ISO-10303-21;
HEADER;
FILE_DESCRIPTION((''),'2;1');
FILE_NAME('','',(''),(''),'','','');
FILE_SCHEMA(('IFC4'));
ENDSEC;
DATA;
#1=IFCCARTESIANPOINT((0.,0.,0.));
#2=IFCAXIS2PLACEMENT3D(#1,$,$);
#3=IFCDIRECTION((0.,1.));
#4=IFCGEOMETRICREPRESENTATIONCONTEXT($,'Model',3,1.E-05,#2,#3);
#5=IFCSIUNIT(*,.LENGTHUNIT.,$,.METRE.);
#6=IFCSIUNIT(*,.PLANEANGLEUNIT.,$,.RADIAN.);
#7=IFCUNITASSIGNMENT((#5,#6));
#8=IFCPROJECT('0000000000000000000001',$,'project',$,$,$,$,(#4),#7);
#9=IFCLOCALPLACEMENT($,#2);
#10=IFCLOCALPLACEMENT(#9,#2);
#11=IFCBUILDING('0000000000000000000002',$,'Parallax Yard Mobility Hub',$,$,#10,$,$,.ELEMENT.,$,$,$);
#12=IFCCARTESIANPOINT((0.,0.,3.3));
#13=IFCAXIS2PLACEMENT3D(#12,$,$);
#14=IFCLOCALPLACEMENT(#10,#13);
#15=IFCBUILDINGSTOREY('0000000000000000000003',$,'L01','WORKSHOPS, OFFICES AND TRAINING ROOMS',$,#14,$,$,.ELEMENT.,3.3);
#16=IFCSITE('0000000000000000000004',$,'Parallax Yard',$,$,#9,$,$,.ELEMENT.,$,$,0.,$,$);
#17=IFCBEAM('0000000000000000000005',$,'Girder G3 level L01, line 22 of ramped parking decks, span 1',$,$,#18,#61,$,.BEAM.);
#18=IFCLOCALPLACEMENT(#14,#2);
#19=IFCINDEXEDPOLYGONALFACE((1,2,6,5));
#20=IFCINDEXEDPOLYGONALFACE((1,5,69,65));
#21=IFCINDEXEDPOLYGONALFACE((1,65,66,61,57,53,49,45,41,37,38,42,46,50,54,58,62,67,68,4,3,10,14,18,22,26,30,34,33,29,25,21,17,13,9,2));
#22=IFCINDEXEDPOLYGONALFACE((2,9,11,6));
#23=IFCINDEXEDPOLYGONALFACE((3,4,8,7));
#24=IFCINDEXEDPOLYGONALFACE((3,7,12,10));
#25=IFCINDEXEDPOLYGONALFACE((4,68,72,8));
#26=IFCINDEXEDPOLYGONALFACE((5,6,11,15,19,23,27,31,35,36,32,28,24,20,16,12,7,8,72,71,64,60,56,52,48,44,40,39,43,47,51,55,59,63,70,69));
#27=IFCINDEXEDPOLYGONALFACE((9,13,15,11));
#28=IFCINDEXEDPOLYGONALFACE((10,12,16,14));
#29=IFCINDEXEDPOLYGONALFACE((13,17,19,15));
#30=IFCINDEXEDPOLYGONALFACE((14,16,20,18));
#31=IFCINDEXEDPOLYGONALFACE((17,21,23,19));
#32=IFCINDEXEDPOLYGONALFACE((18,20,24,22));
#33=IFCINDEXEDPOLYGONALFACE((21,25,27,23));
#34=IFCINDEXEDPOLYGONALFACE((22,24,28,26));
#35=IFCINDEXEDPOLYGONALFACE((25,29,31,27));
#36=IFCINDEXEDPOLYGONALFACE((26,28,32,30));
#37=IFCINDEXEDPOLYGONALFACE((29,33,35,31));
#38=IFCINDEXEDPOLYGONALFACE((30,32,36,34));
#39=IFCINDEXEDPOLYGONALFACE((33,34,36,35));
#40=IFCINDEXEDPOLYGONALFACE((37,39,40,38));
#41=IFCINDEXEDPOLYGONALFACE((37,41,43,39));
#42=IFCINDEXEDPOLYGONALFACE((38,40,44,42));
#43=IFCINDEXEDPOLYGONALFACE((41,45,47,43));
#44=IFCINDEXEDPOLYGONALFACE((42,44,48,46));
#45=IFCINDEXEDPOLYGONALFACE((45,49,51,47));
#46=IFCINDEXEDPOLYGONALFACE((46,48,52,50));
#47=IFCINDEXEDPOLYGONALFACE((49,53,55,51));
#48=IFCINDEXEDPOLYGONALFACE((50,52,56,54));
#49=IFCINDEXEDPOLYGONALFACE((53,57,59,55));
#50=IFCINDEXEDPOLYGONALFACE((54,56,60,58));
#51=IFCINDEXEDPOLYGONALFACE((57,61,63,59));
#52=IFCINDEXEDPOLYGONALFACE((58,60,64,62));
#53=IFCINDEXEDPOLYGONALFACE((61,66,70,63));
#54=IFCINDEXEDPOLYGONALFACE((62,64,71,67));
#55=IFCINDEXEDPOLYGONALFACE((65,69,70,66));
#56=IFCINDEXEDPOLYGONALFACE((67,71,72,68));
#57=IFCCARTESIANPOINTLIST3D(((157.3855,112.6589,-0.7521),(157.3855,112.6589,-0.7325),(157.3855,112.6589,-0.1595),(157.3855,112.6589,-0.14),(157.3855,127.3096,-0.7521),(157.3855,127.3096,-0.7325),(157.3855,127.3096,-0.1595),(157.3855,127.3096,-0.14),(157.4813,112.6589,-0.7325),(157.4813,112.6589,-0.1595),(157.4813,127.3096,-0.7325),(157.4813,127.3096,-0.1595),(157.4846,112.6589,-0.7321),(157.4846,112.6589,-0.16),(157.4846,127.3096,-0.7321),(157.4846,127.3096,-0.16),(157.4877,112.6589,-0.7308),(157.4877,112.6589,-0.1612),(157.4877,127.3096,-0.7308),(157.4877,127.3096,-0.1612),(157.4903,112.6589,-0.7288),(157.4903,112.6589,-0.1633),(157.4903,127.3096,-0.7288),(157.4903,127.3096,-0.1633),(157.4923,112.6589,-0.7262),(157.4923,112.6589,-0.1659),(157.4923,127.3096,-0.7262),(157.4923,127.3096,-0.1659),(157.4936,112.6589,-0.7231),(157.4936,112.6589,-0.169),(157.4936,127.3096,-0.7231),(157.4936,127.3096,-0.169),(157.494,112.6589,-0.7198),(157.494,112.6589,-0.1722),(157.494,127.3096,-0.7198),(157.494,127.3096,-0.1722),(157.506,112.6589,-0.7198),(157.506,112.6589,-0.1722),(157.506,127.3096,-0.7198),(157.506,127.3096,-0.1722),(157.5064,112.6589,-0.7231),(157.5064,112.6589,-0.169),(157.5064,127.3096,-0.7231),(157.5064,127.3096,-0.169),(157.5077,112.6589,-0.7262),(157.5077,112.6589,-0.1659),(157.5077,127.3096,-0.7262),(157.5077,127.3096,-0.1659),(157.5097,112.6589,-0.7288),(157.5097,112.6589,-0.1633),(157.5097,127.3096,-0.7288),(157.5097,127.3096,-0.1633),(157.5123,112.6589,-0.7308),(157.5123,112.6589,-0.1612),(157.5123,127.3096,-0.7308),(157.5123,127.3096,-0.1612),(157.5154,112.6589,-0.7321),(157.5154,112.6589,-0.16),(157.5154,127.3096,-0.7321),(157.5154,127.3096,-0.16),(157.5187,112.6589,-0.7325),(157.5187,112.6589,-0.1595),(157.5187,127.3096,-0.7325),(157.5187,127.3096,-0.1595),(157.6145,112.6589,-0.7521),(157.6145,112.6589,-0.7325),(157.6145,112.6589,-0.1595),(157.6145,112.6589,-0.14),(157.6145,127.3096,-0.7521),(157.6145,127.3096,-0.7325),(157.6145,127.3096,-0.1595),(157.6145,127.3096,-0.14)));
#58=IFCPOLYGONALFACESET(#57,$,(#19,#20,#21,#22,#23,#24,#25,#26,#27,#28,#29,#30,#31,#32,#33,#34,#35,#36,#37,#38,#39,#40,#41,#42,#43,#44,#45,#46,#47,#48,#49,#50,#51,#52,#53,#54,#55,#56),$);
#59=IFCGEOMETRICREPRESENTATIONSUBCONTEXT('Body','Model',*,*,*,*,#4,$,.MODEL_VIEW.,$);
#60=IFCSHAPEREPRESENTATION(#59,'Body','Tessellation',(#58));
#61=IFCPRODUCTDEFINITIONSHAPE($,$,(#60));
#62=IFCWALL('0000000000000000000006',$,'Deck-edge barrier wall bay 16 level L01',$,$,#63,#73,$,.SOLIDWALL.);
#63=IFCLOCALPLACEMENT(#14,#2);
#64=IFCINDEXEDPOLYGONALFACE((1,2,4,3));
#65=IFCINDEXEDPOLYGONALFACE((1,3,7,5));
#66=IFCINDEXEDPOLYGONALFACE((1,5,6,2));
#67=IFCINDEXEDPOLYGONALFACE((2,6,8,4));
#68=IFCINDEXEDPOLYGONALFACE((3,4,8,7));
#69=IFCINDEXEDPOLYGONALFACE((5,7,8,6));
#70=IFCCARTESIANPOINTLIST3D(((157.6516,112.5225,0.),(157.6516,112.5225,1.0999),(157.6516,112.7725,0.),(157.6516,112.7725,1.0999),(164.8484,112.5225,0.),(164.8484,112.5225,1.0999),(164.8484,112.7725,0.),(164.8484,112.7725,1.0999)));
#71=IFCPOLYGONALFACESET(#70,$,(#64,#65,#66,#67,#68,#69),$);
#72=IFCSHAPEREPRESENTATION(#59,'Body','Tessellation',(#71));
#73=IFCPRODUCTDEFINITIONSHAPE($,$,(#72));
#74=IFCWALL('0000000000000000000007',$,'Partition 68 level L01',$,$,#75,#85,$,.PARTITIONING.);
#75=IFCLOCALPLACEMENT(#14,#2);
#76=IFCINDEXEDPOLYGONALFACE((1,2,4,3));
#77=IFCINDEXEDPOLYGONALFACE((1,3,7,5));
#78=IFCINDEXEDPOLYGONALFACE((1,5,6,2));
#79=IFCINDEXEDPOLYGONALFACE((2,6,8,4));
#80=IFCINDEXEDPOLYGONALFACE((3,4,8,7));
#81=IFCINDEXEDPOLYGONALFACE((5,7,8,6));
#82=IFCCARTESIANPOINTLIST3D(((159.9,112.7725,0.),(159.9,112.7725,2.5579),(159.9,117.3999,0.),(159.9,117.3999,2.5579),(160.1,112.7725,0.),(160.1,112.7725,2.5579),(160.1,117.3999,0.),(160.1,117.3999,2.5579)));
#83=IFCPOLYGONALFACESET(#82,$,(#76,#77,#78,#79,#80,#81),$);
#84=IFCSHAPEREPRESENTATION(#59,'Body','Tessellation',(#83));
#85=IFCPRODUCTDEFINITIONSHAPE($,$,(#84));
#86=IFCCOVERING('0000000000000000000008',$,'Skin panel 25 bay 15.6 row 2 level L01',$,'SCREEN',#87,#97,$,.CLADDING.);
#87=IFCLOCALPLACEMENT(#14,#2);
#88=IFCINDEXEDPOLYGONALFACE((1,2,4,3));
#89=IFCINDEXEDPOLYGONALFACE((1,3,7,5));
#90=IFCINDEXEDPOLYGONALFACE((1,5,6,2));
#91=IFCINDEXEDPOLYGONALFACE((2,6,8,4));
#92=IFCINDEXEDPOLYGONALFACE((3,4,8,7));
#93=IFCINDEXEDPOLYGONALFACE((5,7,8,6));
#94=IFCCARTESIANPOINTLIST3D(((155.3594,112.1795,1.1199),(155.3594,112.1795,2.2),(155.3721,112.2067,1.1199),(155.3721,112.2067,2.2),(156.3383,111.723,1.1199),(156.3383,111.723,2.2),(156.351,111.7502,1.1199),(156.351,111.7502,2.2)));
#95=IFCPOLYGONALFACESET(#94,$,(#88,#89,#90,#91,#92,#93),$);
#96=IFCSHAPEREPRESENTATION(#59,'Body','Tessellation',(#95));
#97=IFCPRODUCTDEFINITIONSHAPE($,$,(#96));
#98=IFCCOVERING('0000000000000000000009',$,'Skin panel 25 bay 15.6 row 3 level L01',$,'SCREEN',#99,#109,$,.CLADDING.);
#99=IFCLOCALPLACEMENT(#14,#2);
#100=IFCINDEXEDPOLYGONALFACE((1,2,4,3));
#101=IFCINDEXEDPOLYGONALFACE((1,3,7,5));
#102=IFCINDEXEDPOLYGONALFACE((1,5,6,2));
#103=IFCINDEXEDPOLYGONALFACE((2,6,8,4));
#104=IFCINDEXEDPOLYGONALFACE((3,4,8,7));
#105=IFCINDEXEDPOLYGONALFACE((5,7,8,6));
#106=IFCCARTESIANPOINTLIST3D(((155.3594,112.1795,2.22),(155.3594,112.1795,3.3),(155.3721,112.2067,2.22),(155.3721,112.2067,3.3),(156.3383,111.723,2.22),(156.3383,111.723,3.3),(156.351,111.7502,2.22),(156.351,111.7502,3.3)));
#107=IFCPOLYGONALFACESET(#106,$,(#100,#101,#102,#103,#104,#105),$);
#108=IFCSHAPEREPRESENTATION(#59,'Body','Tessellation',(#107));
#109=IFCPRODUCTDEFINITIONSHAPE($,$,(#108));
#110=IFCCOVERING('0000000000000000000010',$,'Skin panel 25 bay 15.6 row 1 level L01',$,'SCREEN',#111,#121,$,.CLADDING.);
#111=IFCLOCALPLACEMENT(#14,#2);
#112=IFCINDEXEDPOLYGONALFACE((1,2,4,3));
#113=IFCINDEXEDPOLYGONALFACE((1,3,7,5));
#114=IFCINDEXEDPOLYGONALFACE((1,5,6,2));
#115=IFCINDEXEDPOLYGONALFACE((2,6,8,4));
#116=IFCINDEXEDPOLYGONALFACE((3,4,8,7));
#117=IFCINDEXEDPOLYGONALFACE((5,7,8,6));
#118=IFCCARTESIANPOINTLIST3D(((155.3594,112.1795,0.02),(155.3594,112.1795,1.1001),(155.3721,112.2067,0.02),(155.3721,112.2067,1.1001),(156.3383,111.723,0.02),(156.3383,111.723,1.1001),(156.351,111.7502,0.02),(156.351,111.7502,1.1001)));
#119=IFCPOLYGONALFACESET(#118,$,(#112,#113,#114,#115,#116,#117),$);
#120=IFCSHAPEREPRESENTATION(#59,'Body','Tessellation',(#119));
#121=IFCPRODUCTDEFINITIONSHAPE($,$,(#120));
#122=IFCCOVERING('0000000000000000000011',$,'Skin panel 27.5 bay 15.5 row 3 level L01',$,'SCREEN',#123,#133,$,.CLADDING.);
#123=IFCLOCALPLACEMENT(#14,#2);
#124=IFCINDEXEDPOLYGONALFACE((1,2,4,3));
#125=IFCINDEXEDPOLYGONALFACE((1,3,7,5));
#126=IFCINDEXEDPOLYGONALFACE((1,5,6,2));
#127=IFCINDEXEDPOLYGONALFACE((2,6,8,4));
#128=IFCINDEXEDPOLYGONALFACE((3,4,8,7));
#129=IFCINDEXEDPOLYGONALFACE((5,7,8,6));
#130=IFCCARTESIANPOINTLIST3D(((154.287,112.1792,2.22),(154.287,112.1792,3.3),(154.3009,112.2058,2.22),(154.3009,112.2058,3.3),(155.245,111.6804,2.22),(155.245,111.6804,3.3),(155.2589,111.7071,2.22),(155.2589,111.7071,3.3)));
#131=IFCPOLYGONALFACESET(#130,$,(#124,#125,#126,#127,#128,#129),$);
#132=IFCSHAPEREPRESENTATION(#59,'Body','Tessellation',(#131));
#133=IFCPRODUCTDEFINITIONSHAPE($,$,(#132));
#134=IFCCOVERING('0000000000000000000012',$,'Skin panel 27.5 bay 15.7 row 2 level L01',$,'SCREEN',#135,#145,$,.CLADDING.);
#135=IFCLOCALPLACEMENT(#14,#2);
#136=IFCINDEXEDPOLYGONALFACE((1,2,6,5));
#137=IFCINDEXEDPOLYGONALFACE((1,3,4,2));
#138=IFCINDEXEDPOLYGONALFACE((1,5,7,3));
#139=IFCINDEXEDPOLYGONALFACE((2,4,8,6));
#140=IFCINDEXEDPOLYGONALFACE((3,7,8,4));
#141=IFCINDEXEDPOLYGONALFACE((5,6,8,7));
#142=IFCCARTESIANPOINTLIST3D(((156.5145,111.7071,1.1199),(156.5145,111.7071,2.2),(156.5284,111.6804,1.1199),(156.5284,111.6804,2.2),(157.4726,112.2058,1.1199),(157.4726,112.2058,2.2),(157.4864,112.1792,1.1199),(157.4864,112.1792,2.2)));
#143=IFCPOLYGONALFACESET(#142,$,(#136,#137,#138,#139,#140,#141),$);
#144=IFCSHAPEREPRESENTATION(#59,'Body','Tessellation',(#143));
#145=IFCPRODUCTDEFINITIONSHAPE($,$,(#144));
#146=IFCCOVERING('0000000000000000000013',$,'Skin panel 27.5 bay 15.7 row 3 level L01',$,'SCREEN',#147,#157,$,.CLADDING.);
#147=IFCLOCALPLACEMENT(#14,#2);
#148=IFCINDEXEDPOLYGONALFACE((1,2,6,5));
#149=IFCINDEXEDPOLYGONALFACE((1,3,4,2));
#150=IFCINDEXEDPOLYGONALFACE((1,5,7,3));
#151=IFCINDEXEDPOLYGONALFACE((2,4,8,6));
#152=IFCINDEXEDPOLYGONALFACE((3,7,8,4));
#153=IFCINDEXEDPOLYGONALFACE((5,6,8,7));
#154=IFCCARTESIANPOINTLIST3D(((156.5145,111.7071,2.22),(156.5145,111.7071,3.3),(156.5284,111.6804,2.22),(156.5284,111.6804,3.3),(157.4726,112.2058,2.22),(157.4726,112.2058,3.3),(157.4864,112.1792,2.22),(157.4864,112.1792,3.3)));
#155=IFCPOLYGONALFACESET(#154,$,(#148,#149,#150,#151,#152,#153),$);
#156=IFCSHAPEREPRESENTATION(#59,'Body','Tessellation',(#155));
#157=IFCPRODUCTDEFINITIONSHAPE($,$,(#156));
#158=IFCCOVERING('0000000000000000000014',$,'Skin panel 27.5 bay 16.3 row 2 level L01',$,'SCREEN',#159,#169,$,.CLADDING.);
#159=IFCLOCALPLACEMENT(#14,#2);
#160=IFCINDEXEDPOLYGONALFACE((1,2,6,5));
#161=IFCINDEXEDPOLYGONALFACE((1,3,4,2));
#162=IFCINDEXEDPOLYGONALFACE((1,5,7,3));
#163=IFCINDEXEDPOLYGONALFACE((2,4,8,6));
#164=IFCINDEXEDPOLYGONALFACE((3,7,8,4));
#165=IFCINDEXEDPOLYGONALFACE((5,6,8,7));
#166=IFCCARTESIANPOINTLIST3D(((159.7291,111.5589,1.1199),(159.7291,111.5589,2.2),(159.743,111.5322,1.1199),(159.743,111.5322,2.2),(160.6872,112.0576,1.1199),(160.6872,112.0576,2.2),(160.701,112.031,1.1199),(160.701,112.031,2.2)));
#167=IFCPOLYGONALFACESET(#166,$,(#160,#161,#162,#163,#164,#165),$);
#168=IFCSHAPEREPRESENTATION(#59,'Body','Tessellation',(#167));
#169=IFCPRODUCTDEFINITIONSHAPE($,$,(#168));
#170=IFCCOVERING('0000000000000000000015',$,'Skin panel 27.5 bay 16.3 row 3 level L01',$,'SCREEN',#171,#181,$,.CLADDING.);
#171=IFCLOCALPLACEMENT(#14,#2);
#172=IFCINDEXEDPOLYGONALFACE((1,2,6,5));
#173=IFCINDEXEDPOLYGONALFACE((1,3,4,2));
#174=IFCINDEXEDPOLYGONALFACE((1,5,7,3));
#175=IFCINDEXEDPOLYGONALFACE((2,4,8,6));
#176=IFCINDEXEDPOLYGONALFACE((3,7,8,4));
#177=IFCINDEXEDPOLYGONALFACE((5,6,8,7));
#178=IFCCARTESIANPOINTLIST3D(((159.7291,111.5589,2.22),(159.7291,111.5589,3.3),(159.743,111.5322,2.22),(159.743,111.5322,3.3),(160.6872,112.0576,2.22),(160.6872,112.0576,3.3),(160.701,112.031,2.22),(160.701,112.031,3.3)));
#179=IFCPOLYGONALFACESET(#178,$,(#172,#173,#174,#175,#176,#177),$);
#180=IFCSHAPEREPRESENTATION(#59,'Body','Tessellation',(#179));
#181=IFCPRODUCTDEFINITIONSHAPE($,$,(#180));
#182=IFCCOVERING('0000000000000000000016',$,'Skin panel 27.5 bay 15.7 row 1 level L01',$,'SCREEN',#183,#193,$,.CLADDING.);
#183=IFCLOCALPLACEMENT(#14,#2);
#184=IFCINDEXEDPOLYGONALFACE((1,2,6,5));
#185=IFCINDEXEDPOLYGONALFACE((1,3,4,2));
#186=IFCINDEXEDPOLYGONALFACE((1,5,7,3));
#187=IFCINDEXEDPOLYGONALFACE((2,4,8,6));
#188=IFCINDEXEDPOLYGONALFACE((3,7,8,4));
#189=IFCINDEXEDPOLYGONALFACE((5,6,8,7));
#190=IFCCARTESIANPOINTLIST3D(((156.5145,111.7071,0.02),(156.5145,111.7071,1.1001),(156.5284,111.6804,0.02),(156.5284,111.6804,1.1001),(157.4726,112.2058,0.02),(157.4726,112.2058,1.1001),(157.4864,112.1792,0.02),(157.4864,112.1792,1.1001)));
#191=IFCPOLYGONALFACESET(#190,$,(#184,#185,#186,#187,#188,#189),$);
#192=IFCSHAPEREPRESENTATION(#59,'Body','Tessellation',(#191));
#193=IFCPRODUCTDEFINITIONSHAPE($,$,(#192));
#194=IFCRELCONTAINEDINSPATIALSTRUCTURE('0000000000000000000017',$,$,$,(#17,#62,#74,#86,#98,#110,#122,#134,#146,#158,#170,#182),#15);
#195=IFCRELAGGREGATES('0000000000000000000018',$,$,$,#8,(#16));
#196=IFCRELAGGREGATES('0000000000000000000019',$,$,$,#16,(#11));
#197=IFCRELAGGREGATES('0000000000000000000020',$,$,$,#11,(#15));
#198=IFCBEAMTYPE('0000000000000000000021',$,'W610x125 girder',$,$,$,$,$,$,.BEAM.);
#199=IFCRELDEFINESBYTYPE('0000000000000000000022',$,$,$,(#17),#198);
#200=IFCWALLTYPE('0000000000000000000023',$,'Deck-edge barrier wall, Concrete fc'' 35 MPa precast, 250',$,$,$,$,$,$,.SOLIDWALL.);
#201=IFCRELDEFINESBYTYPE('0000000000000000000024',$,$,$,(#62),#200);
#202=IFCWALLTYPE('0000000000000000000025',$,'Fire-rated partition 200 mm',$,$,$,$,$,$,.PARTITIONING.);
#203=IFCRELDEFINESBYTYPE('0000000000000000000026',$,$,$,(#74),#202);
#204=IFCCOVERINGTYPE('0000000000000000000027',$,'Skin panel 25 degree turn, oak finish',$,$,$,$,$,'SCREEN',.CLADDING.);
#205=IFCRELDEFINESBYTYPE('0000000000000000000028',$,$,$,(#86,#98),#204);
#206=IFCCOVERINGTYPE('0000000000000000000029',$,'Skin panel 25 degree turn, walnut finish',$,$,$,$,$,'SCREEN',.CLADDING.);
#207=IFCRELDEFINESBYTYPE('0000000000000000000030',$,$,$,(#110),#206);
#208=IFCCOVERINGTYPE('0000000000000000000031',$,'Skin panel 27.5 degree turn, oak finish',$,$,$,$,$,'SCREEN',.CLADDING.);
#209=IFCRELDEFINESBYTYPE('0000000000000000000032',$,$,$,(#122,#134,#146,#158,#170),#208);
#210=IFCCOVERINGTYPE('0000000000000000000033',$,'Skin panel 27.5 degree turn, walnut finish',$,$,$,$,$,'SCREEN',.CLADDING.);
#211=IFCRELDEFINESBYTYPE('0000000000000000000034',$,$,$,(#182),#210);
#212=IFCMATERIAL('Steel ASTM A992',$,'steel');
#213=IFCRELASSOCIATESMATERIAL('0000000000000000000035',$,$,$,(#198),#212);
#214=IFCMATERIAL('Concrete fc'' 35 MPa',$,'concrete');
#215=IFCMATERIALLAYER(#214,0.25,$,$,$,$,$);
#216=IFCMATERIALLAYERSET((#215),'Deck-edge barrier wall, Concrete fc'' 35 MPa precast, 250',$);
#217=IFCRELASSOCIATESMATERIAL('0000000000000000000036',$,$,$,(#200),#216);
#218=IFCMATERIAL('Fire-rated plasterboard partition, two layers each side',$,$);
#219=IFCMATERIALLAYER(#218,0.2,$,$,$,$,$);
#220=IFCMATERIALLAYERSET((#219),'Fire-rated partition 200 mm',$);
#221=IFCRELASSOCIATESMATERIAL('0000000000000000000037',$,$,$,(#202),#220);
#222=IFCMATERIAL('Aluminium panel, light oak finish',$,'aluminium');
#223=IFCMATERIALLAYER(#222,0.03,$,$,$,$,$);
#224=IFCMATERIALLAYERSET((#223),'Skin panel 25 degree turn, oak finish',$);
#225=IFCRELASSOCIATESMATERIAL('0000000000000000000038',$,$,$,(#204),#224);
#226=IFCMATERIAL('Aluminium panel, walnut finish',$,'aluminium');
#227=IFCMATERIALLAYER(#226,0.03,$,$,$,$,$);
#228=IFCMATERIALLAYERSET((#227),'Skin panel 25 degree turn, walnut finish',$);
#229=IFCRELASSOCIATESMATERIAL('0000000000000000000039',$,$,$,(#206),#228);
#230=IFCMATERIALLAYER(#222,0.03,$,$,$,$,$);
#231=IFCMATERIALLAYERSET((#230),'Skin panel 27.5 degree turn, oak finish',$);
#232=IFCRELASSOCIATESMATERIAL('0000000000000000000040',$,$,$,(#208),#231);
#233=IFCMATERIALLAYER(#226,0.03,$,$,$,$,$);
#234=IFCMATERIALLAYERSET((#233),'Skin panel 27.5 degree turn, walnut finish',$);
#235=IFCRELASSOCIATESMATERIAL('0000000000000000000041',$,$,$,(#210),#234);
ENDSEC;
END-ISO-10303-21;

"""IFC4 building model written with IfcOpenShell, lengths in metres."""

from ifc_helpers import new_model, si_unit, direction, frame, frame_2d, origin, origin_2d, place, context, subcontext, project, spatial, rectangle, i_section, extrude, material, layer, layer_set, material_profile, profile_set, type_object, element, save


model = new_model("IFC4")

# Units and contexts
model_context = context("Model", 3, precision=1e-05, world=origin(), true_north=direction((0.0, 1.0)))
body_context = subcontext(model_context, "Body", "Model", "MODEL_VIEW")
ifc_project = project(units=[si_unit("LENGTHUNIT", "METRE"), si_unit("PLANEANGLEUNIT", "RADIAN")], contexts=[model_context])

# Site, building, storey
site_placement = place(None, origin())
site = spatial("IfcSite", under=ifc_project, at=site_placement, Name="Parallax Yard", CompositionType="ELEMENT", RefElevation=0.0)
building_placement = place(site_placement, origin())
building = spatial("IfcBuilding", under=site, at=building_placement, Name="Parallax Yard Mobility Hub", CompositionType="ELEMENT")
storey_placement = place(building_placement, frame((0.0, 0.0, 3.3)))
storey = spatial("IfcBuildingStorey", under=building, at=storey_placement, Name="L01", Description="WORKSHOPS, OFFICES AND TRAINING ROOMS", CompositionType="ELEMENT", Elevation=3.3)

# Shared definitions
ifc_material_1 = material(Name="Steel ASTM A992", Category="steel")

# Beam
ifc_material_profile_1 = material_profile(ifc_material_1, i_section(OverallWidth=0.229, OverallDepth=0.6121, WebThickness=0.012, FlangeThickness=0.0195, FilletRadius=0.0127, at=origin_2d()), Name="W610x125")
ifc_profile_set_1 = profile_set([ifc_material_profile_1], Name="Steel ASTM A992")
beam_type_1 = type_object("IfcBeamType", Name="W610x125 girder", PredefinedType="BEAM", material=ifc_profile_set_1)
beam_1_placement = place(storey_placement, frame((157.5, 112.6589, -0.446), z_axis=(0.0, 1.0, 0.0), x_axis=(-1.0, 0.0, 0.0)))
element("IfcBeam", 1, at=beam_1_placement, inside=storey, type_object=beam_type_1, Name="Girder G3 level L01, line 22 of ramped parking decks, span 1", PredefinedType="BEAM", context=body_context, shape_type="SweptSolid", body=[
    extrude(i_section(OverallWidth=0.229, OverallDepth=0.6121, WebThickness=0.012, FlangeThickness=0.0195, FilletRadius=0.0127, at=origin_2d()), origin(), (0.0, 0.0, 1.0), 14.6506),
])

# Walls
ifc_material_2 = material(Name="Concrete fc' 35 MPa", Category="concrete")
ifc_layer_1 = layer(ifc_material_2, 0.25)
ifc_layer_set_1 = layer_set([ifc_layer_1], Name="Deck-edge barrier wall, Concrete fc' 35 MPa precast, 250")
wall_type_1 = type_object("IfcWallType", Name="Deck-edge barrier wall, Concrete fc' 35 MPa precast, 250", PredefinedType="SOLIDWALL", material=ifc_layer_set_1)
wall_1_placement = place(storey_placement, frame((157.6516, 112.6475, 0.0), z_axis=(0.0, 0.0, 1.0), x_axis=(1.0, 0.0, 0.0)))
element("IfcWall", 2, at=wall_1_placement, inside=storey, type_object=wall_type_1, Name="Deck-edge barrier wall bay 16 level L01", PredefinedType="SOLIDWALL", context=body_context, shape_type="SweptSolid", body=[
    extrude(rectangle(XDim=7.1968, YDim=0.25, at=frame_2d((3.5984, 0.0))), origin(), (0.0, 0.0, 1.0), 1.0999),
])
ifc_material_3 = material(Name="Fire-rated plasterboard partition, two layers each side")
ifc_layer_2 = layer(ifc_material_3, 0.2)
ifc_layer_set_2 = layer_set([ifc_layer_2], Name="Fire-rated partition 200 mm")
wall_type_2 = type_object("IfcWallType", Name="Fire-rated partition 200 mm", PredefinedType="PARTITIONING", material=ifc_layer_set_2)
wall_2_placement = place(storey_placement, frame((160.0, 112.7725, 0.0), z_axis=(0.0, 0.0, 1.0), x_axis=(0.0, 1.0, 0.0)))
element("IfcWall", 3, at=wall_2_placement, inside=storey, type_object=wall_type_2, Name="Partition 68 level L01", PredefinedType="PARTITIONING", context=body_context, shape_type="SweptSolid", body=[
    extrude(rectangle(XDim=4.6274, YDim=0.2, at=frame_2d((2.3137, 0.0))), origin(), (0.0, 0.0, 1.0), 2.5579),
])

# Coverings
ifc_material_4 = material(Name="Aluminium panel, light oak finish", Category="aluminium")
ifc_layer_3 = layer(ifc_material_4, 0.03)
ifc_layer_set_3 = layer_set([ifc_layer_3], Name="Skin panel 25 degree turn, oak finish")
covering_type_1 = type_object("IfcCoveringType", Name="Skin panel 25 degree turn, oak finish", ElementType="SCREEN", PredefinedType="CLADDING", material=ifc_layer_set_3)
for number, where, z_axis, x_axis, name in (
    (4, (155.8552, 111.9648, 1.1199), (0.0, 0.0, 1.0), (0.906308, -0.422618, 0.0), "Skin panel 25 bay 15.6 row 2 level L01"),
    (5, (155.8552, 111.9648, 2.22), (0.0, 0.0, 1.0), (0.906308, -0.422618, 0.0), "Skin panel 25 bay 15.6 row 3 level L01"),
):
    element("IfcCovering", number, at=place(storey_placement, frame(where, z_axis=z_axis, x_axis=x_axis)), inside=storey, type_object=covering_type_1, Name=name, ObjectType="SCREEN", PredefinedType="CLADDING", context=body_context, shape_type="SweptSolid", body=[
        extrude(rectangle(XDim=1.0801, YDim=0.03, at=origin_2d()), origin(), (0.0, 0.0, 1.0), 1.0801),
    ])
ifc_material_5 = material(Name="Aluminium panel, walnut finish", Category="aluminium")
ifc_layer_4 = layer(ifc_material_5, 0.03)
ifc_layer_set_4 = layer_set([ifc_layer_4], Name="Skin panel 25 degree turn, walnut finish")
covering_type_2 = type_object("IfcCoveringType", Name="Skin panel 25 degree turn, walnut finish", ElementType="SCREEN", PredefinedType="CLADDING", material=ifc_layer_set_4)
covering_1_placement = place(storey_placement, frame((155.8552, 111.9648, 0.02), z_axis=(0.0, 0.0, 1.0), x_axis=(0.906308, -0.422618, 0.0)))
element("IfcCovering", 6, at=covering_1_placement, inside=storey, type_object=covering_type_2, Name="Skin panel 25 bay 15.6 row 1 level L01", ObjectType="SCREEN", PredefinedType="CLADDING", context=body_context, shape_type="SweptSolid", body=[
    extrude(rectangle(XDim=1.0801, YDim=0.03, at=origin_2d()), origin(), (0.0, 0.0, 1.0), 1.0801),
])
ifc_layer_5 = layer(ifc_material_4, 0.03)
ifc_layer_set_5 = layer_set([ifc_layer_5], Name="Skin panel 27.5 degree turn, oak finish")
covering_type_3 = type_object("IfcCoveringType", Name="Skin panel 27.5 degree turn, oak finish", ElementType="SCREEN", PredefinedType="CLADDING", material=ifc_layer_set_5)
for number, where, z_axis, x_axis, name in (
    (7, (154.7729, 111.9431, 2.22), (0.0, 0.0, 1.0), (0.887011, -0.461749, 0.0), "Skin panel 27.5 bay 15.5 row 3 level L01"),
    (8, (157.0005, 111.9431, 1.1199), (0.0, 0.0, 1.0), (-0.887011, -0.461749, 0.0), "Skin panel 27.5 bay 15.7 row 2 level L01"),
    (9, (157.0005, 111.9431, 2.22), (0.0, 0.0, 1.0), (-0.887011, -0.461749, 0.0), "Skin panel 27.5 bay 15.7 row 3 level L01"),
    (10, (160.2151, 111.7949, 1.1199), (0.0, 0.0, 1.0), (-0.887011, -0.461749, 0.0), "Skin panel 27.5 bay 16.3 row 2 level L01"),
    (11, (160.2151, 111.7949, 2.22), (0.0, 0.0, 1.0), (-0.887011, -0.461749, 0.0), "Skin panel 27.5 bay 16.3 row 3 level L01"),
):
    element("IfcCovering", number, at=place(storey_placement, frame(where, z_axis=z_axis, x_axis=x_axis)), inside=storey, type_object=covering_type_3, Name=name, ObjectType="SCREEN", PredefinedType="CLADDING", context=body_context, shape_type="SweptSolid", body=[
        extrude(rectangle(XDim=1.0801, YDim=0.03, at=origin_2d()), origin(), (0.0, 0.0, 1.0), 1.0801),
    ])
ifc_layer_6 = layer(ifc_material_5, 0.03)
ifc_layer_set_6 = layer_set([ifc_layer_6], Name="Skin panel 27.5 degree turn, walnut finish")
covering_type_4 = type_object("IfcCoveringType", Name="Skin panel 27.5 degree turn, walnut finish", ElementType="SCREEN", PredefinedType="CLADDING", material=ifc_layer_set_6)
for number, where, z_axis, x_axis, name in (
    (12, (157.0005, 111.9431, 0.02), (0.0, 0.0, 1.0), (-0.887011, -0.461749, 0.0), "Skin panel 27.5 bay 15.7 row 1 level L01"),
):
    element("IfcCovering", number, at=place(storey_placement, frame(where, z_axis=z_axis, x_axis=x_axis)), inside=storey, type_object=covering_type_4, Name=name, ObjectType="SCREEN", PredefinedType="CLADDING", context=body_context, shape_type="SweptSolid", body=[
        extrude(rectangle(XDim=1.0801, YDim=0.03, at=origin_2d()), origin(), (0.0, 0.0, 1.0), 1.0801),
    ])

save(model, "model.ifc")
